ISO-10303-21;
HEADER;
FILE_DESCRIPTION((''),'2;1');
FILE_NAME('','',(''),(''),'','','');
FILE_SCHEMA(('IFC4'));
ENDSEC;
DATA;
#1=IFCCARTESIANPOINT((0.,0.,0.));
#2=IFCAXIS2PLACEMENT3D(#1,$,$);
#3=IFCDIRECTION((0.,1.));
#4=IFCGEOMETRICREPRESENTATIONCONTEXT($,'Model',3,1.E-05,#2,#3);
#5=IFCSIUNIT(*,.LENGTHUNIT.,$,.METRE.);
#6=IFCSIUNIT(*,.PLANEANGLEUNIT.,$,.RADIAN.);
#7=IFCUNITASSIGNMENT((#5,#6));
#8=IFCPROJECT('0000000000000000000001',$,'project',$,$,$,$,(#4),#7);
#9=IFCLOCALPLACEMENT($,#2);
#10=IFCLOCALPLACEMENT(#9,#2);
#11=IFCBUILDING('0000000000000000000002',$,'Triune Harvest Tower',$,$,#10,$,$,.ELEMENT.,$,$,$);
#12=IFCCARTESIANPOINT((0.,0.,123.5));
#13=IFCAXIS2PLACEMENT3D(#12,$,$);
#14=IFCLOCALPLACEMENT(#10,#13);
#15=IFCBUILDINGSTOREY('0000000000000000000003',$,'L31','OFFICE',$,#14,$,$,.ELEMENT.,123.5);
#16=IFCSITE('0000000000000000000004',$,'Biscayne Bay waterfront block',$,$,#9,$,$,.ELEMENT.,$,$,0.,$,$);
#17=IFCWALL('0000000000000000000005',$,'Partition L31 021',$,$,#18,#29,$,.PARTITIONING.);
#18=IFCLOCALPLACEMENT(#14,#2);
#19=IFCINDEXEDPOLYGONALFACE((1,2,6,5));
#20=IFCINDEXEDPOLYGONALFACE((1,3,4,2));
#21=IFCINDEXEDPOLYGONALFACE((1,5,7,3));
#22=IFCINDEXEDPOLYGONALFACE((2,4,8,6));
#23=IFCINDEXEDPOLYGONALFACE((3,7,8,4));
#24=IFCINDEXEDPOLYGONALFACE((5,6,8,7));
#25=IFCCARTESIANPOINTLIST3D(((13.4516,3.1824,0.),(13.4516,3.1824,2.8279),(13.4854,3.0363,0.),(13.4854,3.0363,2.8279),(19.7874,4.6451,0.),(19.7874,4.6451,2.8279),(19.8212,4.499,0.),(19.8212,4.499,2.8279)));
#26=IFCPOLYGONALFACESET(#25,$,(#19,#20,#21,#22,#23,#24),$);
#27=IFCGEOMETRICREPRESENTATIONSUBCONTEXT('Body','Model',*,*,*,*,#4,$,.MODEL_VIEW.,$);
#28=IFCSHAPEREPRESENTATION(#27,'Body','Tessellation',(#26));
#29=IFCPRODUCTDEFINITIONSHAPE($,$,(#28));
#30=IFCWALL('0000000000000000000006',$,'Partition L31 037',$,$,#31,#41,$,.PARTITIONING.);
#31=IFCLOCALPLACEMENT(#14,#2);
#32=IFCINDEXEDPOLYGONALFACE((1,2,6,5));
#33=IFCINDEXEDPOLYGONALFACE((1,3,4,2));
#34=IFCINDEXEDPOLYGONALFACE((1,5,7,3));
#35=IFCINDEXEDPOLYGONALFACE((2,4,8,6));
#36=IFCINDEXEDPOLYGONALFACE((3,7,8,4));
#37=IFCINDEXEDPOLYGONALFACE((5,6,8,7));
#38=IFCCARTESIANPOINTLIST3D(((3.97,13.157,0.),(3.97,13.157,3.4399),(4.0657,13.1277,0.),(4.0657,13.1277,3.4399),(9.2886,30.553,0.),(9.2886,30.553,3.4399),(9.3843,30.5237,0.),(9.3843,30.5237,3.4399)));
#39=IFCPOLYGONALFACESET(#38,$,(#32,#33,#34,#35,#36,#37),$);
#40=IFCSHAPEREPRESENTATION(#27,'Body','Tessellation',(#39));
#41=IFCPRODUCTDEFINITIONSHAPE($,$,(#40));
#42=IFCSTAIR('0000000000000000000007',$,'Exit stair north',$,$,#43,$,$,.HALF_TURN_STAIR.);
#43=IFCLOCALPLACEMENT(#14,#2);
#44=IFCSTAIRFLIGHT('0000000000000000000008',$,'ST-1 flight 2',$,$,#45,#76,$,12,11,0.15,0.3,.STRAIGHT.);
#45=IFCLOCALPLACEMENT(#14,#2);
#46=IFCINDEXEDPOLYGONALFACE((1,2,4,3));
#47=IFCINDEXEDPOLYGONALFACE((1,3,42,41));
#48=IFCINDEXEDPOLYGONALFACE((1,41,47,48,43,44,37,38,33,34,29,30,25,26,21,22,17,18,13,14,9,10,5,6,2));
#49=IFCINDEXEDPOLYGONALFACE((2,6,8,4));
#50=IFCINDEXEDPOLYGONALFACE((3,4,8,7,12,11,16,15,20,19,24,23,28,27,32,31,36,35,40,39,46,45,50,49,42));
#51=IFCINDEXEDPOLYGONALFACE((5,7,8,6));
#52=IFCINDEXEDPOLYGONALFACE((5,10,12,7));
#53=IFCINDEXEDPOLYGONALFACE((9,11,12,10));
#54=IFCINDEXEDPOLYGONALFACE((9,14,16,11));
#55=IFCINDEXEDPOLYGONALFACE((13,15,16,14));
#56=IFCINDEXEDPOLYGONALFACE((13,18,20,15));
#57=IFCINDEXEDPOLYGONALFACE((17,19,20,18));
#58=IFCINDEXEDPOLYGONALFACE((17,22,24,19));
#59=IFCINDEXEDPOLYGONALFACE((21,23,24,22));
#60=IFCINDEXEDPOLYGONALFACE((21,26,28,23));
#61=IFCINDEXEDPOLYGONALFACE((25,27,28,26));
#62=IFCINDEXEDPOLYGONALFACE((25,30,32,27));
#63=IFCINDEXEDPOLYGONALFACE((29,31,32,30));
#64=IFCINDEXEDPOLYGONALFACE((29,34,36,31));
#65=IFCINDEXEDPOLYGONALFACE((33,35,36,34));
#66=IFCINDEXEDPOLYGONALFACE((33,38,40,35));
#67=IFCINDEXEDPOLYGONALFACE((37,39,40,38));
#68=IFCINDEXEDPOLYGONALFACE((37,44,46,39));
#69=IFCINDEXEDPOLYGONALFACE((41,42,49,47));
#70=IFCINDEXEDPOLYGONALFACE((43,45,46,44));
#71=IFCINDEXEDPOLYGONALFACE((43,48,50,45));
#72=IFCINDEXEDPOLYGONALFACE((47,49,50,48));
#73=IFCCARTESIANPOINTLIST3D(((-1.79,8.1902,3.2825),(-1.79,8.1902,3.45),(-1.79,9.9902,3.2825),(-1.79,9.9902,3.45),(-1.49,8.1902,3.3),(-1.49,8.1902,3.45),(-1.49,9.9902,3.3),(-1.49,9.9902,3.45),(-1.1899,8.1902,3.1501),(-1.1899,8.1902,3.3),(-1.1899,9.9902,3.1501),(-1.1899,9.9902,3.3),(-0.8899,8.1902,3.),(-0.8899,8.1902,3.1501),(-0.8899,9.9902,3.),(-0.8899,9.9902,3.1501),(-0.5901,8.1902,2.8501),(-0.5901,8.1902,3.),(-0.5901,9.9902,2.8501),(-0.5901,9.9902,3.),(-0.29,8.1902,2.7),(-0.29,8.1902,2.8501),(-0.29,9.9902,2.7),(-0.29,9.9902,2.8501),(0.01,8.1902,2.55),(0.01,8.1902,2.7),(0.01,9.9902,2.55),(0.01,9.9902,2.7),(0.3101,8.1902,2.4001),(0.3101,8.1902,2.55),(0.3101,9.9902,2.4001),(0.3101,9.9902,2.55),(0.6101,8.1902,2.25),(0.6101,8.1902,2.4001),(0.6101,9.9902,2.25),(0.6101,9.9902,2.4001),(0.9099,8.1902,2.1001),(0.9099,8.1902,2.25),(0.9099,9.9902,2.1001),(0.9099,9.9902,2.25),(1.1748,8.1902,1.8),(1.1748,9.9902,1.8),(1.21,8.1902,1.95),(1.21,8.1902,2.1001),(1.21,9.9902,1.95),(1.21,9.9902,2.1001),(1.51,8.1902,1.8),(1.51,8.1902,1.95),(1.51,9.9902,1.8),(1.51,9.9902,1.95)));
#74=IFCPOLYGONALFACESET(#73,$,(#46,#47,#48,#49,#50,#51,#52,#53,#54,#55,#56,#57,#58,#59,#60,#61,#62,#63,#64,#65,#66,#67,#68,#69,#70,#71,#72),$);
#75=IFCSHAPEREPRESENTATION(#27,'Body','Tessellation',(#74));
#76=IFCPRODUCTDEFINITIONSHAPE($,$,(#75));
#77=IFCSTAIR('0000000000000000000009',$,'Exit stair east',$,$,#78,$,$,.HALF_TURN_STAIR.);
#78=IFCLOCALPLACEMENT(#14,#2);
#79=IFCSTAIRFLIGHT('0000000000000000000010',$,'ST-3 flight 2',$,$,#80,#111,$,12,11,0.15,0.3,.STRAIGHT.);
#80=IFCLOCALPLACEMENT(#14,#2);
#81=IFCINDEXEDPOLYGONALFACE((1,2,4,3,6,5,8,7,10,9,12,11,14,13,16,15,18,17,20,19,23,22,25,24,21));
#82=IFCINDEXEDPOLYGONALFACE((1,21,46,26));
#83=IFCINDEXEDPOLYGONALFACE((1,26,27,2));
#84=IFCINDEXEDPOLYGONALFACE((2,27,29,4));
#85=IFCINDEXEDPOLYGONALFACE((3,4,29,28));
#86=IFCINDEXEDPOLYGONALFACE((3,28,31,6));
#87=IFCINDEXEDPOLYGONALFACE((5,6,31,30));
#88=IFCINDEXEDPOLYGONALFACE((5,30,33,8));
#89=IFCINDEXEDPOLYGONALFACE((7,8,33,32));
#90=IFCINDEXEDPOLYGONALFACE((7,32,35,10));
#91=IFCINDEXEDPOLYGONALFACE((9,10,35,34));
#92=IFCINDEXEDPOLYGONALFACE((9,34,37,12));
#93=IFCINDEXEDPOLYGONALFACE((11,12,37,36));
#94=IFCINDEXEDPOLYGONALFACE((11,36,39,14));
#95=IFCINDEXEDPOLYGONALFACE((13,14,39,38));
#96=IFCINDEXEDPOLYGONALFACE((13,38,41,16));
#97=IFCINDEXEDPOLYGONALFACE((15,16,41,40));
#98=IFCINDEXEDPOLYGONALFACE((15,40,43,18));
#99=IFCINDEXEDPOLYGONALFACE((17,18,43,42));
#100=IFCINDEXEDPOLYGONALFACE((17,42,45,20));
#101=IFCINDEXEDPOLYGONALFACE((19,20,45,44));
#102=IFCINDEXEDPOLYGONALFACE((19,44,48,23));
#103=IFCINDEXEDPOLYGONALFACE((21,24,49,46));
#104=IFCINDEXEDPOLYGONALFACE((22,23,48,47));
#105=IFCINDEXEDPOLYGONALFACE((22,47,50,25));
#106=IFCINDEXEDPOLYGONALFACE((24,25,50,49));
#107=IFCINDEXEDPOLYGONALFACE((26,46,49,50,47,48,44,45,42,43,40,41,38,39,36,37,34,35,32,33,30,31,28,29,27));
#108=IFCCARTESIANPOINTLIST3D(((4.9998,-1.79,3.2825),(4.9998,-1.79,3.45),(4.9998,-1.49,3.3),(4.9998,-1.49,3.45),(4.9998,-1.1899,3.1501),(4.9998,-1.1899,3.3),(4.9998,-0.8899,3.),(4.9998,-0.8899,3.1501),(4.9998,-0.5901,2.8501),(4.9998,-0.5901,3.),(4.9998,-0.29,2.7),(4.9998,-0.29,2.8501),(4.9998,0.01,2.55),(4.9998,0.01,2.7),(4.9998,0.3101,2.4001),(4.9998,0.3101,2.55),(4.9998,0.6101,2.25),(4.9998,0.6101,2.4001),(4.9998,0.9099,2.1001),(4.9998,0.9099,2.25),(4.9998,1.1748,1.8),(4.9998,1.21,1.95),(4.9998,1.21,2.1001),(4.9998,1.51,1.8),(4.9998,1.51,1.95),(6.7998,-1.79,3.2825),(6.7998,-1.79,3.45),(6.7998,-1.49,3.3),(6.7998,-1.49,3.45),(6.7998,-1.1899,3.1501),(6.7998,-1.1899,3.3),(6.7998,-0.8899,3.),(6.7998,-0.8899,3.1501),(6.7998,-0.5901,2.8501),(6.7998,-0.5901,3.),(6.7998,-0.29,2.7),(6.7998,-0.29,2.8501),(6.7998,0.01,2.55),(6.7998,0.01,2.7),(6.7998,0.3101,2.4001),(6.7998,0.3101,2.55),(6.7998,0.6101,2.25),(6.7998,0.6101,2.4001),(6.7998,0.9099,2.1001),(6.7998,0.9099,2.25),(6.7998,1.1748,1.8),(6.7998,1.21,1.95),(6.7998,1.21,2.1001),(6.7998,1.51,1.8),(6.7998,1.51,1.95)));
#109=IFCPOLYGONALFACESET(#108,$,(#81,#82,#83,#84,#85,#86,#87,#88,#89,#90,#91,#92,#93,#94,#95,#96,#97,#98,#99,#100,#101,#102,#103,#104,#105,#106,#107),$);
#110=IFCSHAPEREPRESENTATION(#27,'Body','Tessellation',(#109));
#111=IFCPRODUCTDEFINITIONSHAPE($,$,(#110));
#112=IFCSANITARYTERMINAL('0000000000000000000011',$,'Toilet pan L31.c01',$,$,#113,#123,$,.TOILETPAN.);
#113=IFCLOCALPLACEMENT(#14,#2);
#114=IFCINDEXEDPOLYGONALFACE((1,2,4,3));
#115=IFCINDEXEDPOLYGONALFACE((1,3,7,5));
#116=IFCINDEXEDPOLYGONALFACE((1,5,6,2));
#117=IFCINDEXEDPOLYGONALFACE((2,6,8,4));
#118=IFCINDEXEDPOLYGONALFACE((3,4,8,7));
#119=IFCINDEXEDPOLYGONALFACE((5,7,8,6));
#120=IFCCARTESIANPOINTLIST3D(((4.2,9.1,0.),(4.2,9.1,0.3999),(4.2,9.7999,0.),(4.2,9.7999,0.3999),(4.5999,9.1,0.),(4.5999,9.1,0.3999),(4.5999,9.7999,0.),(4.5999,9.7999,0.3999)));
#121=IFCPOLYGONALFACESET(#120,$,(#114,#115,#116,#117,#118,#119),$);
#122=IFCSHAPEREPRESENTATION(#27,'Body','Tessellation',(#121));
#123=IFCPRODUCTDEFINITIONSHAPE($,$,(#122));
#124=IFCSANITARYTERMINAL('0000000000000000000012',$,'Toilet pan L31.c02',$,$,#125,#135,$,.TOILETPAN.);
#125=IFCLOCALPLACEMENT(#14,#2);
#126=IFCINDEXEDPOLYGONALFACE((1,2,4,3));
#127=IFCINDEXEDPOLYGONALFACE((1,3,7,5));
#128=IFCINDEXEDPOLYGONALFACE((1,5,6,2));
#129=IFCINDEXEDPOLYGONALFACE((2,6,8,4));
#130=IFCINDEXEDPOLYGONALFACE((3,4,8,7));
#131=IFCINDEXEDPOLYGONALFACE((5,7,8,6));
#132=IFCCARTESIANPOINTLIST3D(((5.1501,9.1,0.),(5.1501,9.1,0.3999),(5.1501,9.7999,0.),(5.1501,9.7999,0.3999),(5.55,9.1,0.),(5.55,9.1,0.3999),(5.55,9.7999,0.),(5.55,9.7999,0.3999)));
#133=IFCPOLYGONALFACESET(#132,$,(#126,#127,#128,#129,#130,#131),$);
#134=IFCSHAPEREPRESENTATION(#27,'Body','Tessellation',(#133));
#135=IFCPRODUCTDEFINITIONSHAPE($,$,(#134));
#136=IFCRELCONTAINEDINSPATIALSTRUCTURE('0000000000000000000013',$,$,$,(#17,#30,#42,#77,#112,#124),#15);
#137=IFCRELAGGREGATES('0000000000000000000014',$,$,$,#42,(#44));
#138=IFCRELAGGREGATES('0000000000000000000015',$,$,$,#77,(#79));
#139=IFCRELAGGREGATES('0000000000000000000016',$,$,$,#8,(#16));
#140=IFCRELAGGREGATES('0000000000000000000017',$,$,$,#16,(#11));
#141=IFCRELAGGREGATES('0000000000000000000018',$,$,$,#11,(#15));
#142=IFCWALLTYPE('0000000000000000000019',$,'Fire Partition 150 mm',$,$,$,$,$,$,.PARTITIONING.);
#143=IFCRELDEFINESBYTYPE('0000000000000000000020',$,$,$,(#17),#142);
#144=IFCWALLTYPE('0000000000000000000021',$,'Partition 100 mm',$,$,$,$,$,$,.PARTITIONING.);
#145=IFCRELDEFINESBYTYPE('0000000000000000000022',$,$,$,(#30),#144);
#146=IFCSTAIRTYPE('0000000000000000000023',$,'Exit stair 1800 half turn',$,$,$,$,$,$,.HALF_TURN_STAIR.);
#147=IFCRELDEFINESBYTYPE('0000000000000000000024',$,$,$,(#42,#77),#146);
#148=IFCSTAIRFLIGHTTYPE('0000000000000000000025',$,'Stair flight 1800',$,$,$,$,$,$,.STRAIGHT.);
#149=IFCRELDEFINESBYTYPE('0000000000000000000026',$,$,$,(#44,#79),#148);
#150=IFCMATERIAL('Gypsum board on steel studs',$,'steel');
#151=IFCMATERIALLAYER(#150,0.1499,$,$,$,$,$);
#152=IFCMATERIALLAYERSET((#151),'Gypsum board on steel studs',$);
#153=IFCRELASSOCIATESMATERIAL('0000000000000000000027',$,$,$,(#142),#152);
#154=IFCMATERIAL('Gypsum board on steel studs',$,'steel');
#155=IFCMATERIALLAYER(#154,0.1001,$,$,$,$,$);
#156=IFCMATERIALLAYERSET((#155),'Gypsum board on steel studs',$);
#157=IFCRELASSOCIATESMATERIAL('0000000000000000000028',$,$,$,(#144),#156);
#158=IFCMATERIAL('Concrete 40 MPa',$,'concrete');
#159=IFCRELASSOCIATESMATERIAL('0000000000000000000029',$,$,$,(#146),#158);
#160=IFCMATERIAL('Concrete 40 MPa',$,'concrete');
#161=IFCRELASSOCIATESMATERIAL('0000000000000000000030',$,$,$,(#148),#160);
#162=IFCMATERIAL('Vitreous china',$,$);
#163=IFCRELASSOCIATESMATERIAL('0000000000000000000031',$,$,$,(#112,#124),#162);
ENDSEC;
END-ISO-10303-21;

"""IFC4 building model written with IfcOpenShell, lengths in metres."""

from ifc_helpers import new_model, si_unit, direction, frame, frame_2d, origin, origin_2d, place, context, subcontext, project, spatial, polyline, rectangle, outline, extrude, source, transform, mapped, material, layer, layer_set, type_object, element, aggregate, save


model = new_model("IFC4")

# Units and contexts
model_context = context("Model", 3, precision=1e-05, world=origin(), true_north=direction((0.0, 1.0)))
body_context = subcontext(model_context, "Body", "Model", "MODEL_VIEW")
ifc_project = project(units=[si_unit("LENGTHUNIT", "METRE"), si_unit("PLANEANGLEUNIT", "RADIAN")], contexts=[model_context])

# Site, building, storey
site_placement = place(None, origin())
site = spatial("IfcSite", under=ifc_project, at=site_placement, Name="Biscayne Bay waterfront block", CompositionType="ELEMENT", RefElevation=0.0)
building_placement = place(site_placement, origin())
building = spatial("IfcBuilding", under=site, at=building_placement, Name="Triune Harvest Tower", CompositionType="ELEMENT")
storey_placement = place(building_placement, frame((0.0, 0.0, 123.5)))
storey = spatial("IfcBuildingStorey", under=building, at=storey_placement, Name="L31", Description="OFFICE", CompositionType="ELEMENT", Elevation=123.5)

# Shared definitions
ifc_material_1 = material(Name="Gypsum board on steel studs", Category="steel")
ifc_layer_1 = layer(ifc_material_1, 0.1499)
ifc_layer_set_1 = layer_set([ifc_layer_1], Name="Gypsum board on steel studs")
wall_type_1 = type_object("IfcWallType", Name="Fire Partition 150 mm", PredefinedType="PARTITIONING", material=ifc_layer_set_1)

# Walls
shared_shape_1 = source(origin(), body_context, "Body", "SweptSolid", [
    extrude(rectangle(XDim=6.5024, YDim=0.1499, at=frame_2d((3.2512, 0.0))), origin(), (0.0, 0.0, 1.0), 2.8279),
])
wall_1_placement = place(storey_placement, frame((13.4685, 3.1094, 0.0), z_axis=(0.0, 0.0, 1.0), x_axis=(0.974372, 0.224942, 0.0)))
element("IfcWall", 1, at=wall_1_placement, inside=storey, type_object=wall_type_1, Name="Partition L31 021", PredefinedType="PARTITIONING", context=body_context, shape_type="MappedRepresentation", body=[
    mapped(shared_shape_1, transform((0.0, 0.0, 0.0), scale=1.0)),
])
ifc_material_2 = material(Name="Gypsum board on steel studs", Category="steel")
ifc_layer_2 = layer(ifc_material_2, 0.1001)
ifc_layer_set_2 = layer_set([ifc_layer_2], Name="Gypsum board on steel studs")
wall_type_2 = type_object("IfcWallType", Name="Partition 100 mm", PredefinedType="PARTITIONING", material=ifc_layer_set_2)
shared_shape_2 = source(origin(), body_context, "Body", "SweptSolid", [
    extrude(rectangle(XDim=18.1909, YDim=0.1001, at=frame_2d((9.0955, 0.0))), origin(), (0.0, 0.0, 1.0), 3.4399),
])
wall_2_placement = place(storey_placement, frame((4.0178, 13.1423, 0.0), z_axis=(0.0, 0.0, 1.0), x_axis=(0.292377, 0.956303, 0.0)))
element("IfcWall", 2, at=wall_2_placement, inside=storey, type_object=wall_type_2, Name="Partition L31 037", PredefinedType="PARTITIONING", context=body_context, shape_type="MappedRepresentation", body=[
    mapped(shared_shape_2, transform((0.0, 0.0, 0.0), scale=1.0)),
])

# Stairs, stair flights
ifc_material_3 = material(Name="Concrete 40 MPa", Category="concrete")
stair_type = type_object("IfcStairType", Name="Exit stair 1800 half turn", PredefinedType="HALF_TURN_STAIR", material=ifc_material_3)
stair_1_placement = place(storey_placement, origin())
stair_1 = element("IfcStair", 3, at=stair_1_placement, inside=storey, type_object=stair_type, Name="Exit stair north", PredefinedType="HALF_TURN_STAIR")
ifc_material_4 = material(Name="Concrete 40 MPa", Category="concrete")
stair_flight_type = type_object("IfcStairFlightType", Name="Stair flight 1800", PredefinedType="STRAIGHT", material=ifc_material_4)
shared_shape_3 = source(origin(), body_context, "Body", "SweptSolid", [
    extrude(outline(polyline([(0.0, 0.0), (0.0, 0.1499), (0.3, 0.1499), (0.3, 0.3), (0.6001, 0.3), (0.6001, 0.45), (0.8999, 0.45), (0.8999, 0.6001), (1.2, 0.6001), (1.2, 0.75), (1.5, 0.75), (1.5, 0.8999), (1.8, 0.8999), (1.8, 1.05), (2.1001, 1.05), (2.1001, 1.2), (2.3999, 1.2), (2.3999, 1.3501), (2.7, 1.3501), (2.7, 1.5), (3.0, 1.5), (3.0, 1.6499), (3.3, 1.6499), (3.3, 1.8), (3.3, 1.4824), (0.3352, 0.0), (0.0, 0.0)])), frame((0.0, 0.8999, 0.0), z_axis=(0.0, -1.0, 0.0), x_axis=(1.0, 0.0, 0.0)), (0.0, 0.0, 1.0), 1.8),
])
stair_flight_1_placement = place(storey_placement, frame((1.51, 9.0901, 1.8), z_axis=(0.0, 0.0, 1.0), x_axis=(-1.0, 0.0, 0.0)))
stair_flight_1 = element("IfcStairFlight", 4, at=stair_flight_1_placement, type_object=stair_flight_type, Name="ST-1 flight 2", NumberOfRisers=12, NumberOfTreads=11, PredefinedType="STRAIGHT", RiserHeight=0.15, TreadLength=0.3, context=body_context, shape_type="MappedRepresentation", body=[
    mapped(shared_shape_3, transform((0.0, 0.0, 0.0), scale=1.0)),
])
aggregate(stair_1, [stair_flight_1])
stair_2_placement = place(storey_placement, origin())
stair_2 = element("IfcStair", 5, at=stair_2_placement, inside=storey, type_object=stair_type, Name="Exit stair east", PredefinedType="HALF_TURN_STAIR")
stair_flight_2_placement = place(storey_placement, frame((5.8999, 1.51, 1.8), z_axis=(0.0, 0.0, 1.0), x_axis=(0.0, -1.0, 0.0)))
stair_flight_2 = element("IfcStairFlight", 6, at=stair_flight_2_placement, type_object=stair_flight_type, Name="ST-3 flight 2", NumberOfRisers=12, NumberOfTreads=11, PredefinedType="STRAIGHT", RiserHeight=0.15, TreadLength=0.3, context=body_context, shape_type="MappedRepresentation", body=[
    mapped(shared_shape_3, transform((0.0, 0.0, 0.0), scale=1.0)),
])
aggregate(stair_2, [stair_flight_2])

# Sanitary terminals
ifc_material_5 = material(Name="Vitreous china")
shared_shape_4 = source(origin(), body_context, "Body", "SweptSolid", [
    extrude(rectangle(XDim=0.3999, YDim=0.7, at=origin_2d()), origin(), (0.0, 0.0, 1.0), 0.3999),
])
for number, where, z_axis, x_axis, name in (
    (7, (4.3999, 9.45, 0.0), (0.0, 0.0, 1.0), (1.0, 0.0, 0.0), "Toilet pan L31.c01"),
    (8, (5.3501, 9.45, 0.0), (0.0, 0.0, 1.0), (1.0, 0.0, 0.0), "Toilet pan L31.c02"),
):
    element("IfcSanitaryTerminal", number, at=place(storey_placement, frame(where, z_axis=z_axis, x_axis=x_axis)), inside=storey, material=ifc_material_5, Name=name, PredefinedType="TOILETPAN", context=body_context, shape_type="MappedRepresentation", body=[
        mapped(shared_shape_4, transform((0.0, 0.0, 0.0), scale=1.0)),
    ])

save(model, "model.ifc")
